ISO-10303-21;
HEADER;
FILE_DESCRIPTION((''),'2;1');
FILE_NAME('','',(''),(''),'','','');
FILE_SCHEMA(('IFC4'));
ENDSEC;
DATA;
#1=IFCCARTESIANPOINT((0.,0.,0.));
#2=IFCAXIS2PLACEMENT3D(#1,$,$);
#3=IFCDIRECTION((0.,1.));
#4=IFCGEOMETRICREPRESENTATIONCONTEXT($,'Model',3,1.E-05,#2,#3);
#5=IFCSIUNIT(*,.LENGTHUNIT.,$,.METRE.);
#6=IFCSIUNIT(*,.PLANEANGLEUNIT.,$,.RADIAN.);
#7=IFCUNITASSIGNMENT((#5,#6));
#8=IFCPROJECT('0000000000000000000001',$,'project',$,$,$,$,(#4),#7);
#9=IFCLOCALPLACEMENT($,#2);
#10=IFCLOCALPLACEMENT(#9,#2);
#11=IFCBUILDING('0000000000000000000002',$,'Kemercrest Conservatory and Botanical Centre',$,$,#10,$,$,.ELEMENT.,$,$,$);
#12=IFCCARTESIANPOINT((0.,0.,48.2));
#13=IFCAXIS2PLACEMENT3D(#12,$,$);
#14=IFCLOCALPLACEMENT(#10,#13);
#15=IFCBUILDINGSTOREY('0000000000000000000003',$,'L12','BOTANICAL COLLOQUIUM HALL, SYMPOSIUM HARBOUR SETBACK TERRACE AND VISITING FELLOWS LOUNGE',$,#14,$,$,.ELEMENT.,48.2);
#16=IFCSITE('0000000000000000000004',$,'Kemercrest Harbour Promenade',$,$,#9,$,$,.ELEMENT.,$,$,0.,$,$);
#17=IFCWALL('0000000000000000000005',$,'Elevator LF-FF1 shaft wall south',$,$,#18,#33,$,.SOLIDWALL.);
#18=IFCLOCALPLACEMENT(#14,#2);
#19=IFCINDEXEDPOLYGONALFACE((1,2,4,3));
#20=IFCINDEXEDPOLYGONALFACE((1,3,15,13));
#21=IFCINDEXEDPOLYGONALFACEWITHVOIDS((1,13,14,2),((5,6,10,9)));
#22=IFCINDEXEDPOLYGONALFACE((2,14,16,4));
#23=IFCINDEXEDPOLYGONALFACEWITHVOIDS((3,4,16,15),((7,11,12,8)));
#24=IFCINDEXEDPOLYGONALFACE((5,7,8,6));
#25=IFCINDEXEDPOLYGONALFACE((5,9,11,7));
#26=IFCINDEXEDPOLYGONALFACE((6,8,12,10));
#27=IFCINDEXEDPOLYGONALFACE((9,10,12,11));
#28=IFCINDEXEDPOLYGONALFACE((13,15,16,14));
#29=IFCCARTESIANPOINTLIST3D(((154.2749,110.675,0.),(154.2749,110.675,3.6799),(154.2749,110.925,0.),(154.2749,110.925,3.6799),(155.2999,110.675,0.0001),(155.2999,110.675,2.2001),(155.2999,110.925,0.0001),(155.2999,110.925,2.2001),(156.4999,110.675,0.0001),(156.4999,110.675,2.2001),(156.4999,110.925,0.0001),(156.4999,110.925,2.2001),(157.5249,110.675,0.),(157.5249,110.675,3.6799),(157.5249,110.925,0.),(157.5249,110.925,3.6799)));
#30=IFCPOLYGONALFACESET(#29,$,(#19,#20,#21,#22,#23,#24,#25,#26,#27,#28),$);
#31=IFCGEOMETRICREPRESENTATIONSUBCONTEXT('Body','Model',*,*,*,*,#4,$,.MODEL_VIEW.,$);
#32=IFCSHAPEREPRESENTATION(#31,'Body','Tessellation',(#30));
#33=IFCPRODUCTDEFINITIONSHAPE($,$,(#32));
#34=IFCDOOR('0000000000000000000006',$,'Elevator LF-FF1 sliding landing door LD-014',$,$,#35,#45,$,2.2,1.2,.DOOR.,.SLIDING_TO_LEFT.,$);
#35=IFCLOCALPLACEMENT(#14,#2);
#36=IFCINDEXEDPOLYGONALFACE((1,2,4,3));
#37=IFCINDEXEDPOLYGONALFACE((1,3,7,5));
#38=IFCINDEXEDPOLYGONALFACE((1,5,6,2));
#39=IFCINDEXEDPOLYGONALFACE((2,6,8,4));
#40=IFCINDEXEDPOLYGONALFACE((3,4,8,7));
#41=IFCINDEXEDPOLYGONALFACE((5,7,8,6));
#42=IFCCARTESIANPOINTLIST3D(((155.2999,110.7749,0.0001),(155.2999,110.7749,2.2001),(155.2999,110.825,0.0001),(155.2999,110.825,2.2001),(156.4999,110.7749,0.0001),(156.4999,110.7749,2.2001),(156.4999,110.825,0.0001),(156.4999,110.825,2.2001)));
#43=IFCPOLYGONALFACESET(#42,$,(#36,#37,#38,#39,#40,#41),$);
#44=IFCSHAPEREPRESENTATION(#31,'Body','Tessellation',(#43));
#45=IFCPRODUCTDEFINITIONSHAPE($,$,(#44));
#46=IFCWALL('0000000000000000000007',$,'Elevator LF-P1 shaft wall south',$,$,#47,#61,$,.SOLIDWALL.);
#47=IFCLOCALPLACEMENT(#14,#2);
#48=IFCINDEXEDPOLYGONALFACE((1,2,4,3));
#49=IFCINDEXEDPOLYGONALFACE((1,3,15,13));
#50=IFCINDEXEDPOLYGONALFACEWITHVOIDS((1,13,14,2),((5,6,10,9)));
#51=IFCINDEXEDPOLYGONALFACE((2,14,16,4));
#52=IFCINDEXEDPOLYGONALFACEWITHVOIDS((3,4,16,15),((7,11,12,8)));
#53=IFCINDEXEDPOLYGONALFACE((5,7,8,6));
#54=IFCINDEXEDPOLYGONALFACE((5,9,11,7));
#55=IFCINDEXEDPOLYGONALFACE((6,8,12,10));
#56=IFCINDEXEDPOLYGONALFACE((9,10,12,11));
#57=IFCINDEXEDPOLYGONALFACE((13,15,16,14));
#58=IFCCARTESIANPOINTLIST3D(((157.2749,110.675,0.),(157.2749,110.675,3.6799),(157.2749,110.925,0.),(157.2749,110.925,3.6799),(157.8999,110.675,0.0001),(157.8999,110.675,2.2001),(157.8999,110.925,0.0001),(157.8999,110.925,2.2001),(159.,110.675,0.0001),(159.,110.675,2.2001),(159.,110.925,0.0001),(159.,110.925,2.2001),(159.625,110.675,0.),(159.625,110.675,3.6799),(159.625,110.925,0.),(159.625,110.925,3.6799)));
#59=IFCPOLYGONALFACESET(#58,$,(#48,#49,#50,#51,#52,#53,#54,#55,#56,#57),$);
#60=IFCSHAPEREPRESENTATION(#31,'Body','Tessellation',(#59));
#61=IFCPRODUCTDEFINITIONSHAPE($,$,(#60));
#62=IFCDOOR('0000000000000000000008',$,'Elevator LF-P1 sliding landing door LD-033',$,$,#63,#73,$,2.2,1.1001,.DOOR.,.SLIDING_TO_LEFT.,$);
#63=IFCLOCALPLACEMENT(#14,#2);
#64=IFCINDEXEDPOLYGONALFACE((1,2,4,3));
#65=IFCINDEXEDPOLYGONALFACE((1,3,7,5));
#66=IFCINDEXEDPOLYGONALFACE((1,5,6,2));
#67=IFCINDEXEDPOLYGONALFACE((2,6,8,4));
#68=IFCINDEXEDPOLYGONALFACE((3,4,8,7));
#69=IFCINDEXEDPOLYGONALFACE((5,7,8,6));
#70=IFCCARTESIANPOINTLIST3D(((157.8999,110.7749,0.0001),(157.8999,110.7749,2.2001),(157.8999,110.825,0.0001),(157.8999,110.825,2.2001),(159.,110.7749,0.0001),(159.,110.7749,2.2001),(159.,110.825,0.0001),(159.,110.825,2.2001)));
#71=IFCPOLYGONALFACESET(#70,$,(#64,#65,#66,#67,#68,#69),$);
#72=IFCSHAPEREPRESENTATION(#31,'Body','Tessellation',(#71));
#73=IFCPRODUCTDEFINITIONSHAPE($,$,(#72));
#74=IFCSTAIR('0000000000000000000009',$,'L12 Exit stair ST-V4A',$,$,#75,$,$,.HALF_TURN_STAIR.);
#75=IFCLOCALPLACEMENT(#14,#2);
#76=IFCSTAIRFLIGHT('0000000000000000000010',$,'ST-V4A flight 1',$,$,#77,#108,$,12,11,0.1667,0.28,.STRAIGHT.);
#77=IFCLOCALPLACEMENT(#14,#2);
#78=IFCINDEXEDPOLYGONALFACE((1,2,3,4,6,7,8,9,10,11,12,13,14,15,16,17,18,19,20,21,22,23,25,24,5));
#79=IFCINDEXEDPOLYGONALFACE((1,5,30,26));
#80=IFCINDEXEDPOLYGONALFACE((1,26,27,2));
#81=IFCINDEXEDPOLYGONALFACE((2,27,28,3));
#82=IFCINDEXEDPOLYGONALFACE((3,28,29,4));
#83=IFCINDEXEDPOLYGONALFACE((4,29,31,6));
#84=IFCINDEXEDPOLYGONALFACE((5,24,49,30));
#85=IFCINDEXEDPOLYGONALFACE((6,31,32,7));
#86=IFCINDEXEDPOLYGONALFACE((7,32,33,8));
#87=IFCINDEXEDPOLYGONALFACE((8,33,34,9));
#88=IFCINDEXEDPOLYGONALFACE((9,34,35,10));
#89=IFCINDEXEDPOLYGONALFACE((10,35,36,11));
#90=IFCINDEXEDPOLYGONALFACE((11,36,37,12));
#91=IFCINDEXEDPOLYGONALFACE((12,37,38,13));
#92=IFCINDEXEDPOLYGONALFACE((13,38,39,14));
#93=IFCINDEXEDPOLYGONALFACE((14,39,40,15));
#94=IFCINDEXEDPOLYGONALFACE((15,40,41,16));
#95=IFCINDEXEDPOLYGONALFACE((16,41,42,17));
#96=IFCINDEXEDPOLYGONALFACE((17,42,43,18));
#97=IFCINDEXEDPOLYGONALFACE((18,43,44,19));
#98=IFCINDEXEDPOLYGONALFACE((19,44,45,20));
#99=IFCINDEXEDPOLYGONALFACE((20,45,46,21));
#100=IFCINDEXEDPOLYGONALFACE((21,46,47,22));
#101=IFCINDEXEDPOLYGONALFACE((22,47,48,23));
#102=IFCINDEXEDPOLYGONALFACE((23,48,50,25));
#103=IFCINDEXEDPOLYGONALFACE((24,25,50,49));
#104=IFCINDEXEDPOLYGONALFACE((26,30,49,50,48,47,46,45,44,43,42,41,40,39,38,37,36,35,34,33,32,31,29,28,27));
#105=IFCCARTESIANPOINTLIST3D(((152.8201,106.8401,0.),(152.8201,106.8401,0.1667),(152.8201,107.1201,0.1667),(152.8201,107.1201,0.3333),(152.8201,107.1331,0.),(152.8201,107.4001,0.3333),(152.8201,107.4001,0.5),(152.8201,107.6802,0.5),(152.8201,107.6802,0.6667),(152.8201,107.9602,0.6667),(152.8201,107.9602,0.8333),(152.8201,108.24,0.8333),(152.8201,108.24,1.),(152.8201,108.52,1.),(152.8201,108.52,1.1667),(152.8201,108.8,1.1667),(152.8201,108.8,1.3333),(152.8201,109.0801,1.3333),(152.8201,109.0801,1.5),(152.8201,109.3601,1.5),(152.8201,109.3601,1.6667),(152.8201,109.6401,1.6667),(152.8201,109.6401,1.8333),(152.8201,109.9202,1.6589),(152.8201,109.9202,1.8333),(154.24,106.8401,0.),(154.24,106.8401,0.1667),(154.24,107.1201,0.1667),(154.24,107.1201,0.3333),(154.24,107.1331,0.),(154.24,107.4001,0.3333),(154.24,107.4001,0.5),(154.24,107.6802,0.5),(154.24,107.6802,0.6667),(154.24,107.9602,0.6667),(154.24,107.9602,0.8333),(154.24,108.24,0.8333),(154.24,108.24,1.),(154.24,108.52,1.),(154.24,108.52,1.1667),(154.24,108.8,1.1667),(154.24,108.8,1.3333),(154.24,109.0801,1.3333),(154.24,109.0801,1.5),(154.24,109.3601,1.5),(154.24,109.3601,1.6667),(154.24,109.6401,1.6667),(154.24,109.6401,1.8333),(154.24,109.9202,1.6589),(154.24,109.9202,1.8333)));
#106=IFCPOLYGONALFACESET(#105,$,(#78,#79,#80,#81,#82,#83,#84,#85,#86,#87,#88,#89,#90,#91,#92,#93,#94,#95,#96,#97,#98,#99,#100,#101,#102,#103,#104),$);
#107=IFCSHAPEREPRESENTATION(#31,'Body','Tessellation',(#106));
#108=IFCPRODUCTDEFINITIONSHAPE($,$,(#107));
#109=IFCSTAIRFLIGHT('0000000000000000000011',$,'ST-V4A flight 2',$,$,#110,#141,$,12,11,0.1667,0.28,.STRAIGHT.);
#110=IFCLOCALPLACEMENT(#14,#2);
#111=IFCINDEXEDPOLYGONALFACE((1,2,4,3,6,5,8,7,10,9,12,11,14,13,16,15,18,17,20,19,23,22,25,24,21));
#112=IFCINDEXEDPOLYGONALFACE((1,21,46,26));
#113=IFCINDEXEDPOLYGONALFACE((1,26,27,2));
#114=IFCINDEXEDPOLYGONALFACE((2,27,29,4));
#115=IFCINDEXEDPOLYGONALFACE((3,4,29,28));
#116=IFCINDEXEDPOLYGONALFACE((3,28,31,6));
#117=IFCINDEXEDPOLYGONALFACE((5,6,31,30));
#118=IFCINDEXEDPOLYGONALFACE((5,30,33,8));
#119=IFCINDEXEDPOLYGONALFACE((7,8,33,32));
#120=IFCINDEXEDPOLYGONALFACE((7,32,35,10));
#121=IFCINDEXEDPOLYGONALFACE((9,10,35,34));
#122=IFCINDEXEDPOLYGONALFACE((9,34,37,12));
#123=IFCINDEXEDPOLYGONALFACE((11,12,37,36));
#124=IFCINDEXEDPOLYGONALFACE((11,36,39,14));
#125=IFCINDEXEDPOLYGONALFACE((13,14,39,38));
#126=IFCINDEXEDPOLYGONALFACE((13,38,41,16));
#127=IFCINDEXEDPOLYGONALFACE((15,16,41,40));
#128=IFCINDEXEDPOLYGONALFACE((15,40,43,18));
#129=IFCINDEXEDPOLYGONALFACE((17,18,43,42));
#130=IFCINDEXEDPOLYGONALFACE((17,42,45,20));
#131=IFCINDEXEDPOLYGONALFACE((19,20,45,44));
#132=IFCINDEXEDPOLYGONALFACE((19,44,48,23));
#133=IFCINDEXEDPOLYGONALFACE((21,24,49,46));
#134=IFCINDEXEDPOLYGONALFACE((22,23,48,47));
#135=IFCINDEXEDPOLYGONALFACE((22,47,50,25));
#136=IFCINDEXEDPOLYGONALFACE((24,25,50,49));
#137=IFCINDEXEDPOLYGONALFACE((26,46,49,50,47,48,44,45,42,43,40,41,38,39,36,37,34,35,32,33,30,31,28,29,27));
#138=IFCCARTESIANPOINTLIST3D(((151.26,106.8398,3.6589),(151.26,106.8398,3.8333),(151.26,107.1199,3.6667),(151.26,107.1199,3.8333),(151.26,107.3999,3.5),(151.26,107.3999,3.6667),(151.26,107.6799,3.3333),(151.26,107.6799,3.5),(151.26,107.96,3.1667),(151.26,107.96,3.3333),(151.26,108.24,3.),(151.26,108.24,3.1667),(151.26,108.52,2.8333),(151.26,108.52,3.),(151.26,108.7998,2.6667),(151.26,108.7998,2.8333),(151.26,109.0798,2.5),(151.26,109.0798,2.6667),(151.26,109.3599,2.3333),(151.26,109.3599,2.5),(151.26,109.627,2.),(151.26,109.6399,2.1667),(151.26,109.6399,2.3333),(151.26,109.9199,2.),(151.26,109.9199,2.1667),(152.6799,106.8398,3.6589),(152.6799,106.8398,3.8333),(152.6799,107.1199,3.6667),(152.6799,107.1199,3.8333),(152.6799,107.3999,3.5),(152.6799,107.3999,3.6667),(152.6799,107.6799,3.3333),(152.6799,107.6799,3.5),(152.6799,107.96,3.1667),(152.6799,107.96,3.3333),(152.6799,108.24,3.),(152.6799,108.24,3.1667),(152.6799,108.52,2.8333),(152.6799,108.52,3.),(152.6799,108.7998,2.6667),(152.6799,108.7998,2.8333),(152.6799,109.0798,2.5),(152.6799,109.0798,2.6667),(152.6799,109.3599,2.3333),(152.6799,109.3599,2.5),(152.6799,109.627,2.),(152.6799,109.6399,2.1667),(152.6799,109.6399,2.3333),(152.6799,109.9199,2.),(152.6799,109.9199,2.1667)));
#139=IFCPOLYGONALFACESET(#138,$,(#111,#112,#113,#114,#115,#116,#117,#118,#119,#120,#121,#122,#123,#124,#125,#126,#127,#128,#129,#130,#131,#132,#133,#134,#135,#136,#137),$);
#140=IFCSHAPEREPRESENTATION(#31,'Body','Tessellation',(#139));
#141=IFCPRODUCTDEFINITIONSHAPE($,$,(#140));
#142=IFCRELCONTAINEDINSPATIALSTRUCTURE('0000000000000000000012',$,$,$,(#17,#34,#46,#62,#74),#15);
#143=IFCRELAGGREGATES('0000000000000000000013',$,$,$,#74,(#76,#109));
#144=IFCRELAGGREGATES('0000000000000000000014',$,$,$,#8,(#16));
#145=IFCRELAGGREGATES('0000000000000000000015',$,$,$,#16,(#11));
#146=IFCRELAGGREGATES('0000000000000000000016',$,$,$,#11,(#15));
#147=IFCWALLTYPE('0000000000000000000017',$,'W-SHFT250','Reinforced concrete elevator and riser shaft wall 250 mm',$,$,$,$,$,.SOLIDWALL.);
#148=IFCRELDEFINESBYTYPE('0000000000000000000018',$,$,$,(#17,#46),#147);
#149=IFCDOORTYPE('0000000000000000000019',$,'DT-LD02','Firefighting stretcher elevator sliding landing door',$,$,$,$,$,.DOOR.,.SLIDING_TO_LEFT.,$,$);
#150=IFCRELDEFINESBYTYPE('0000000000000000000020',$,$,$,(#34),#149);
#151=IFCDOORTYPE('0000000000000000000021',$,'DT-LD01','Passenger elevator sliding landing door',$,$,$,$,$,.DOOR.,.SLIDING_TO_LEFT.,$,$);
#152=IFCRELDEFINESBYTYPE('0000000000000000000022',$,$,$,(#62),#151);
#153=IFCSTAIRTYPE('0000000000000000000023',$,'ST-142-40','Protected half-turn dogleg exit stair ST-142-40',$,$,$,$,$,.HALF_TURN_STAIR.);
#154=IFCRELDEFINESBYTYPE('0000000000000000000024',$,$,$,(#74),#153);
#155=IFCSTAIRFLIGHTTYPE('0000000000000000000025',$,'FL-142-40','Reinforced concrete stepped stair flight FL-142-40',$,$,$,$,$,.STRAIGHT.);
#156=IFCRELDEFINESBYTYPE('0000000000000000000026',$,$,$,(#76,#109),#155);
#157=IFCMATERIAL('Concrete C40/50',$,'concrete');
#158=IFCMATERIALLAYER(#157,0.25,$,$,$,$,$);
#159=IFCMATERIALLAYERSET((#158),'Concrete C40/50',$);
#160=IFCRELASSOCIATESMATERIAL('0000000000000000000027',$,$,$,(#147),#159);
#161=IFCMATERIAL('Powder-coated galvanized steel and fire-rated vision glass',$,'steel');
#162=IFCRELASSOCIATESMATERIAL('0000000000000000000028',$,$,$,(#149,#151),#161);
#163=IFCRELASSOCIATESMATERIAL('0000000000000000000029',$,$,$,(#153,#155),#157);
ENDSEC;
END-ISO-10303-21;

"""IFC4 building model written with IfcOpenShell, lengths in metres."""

from ifc_helpers import new_model, si_unit, direction, frame, frame_2d, origin, place, context, subcontext, project, spatial, polyline, rectangle, outline, extrude, material, layer, layer_set, type_object, element, fill, aggregate, save


model = new_model("IFC4")

# Units and contexts
model_context = context("Model", 3, precision=1e-05, world=origin(), true_north=direction((0.0, 1.0)))
body_context = subcontext(model_context, "Body", "Model", "MODEL_VIEW")
ifc_project = project(units=[si_unit("LENGTHUNIT", "METRE"), si_unit("PLANEANGLEUNIT", "RADIAN")], contexts=[model_context])

# Site, building, storey
site_placement = place(None, origin())
site = spatial("IfcSite", under=ifc_project, at=site_placement, Name="Kemercrest Harbour Promenade", CompositionType="ELEMENT", RefElevation=0.0)
building_placement = place(site_placement, origin())
building = spatial("IfcBuilding", under=site, at=building_placement, Name="Kemercrest Conservatory and Botanical Centre", CompositionType="ELEMENT")
storey_placement = place(building_placement, frame((0.0, 0.0, 48.2)))
storey = spatial("IfcBuildingStorey", under=building, at=storey_placement, Name="L12", Description="BOTANICAL COLLOQUIUM HALL, SYMPOSIUM HARBOUR SETBACK TERRACE AND VISITING FELLOWS LOUNGE", CompositionType="ELEMENT", Elevation=48.2)

# Shared definitions
ifc_material_1 = material(Name="Concrete C40/50", Category="concrete")

# Shared definitions
ifc_material_2 = material(Name="Powder-coated galvanized steel and fire-rated vision glass", Category="steel")

# Walls, openings, doors
ifc_layer_1 = layer(ifc_material_1, 0.25)
ifc_layer_set_1 = layer_set([ifc_layer_1], Name="Concrete C40/50")
wall_type_1 = type_object("IfcWallType", Name="W-SHFT250", Description="Reinforced concrete elevator and riser shaft wall 250 mm", PredefinedType="SOLIDWALL", material=ifc_layer_set_1)
wall_1_placement = place(storey_placement, frame((154.2749, 110.8, 0.0), z_axis=(0.0, 0.0, 1.0), x_axis=(1.0, 0.0, 0.0)))
wall_1 = element("IfcWall", 1, at=wall_1_placement, inside=storey, type_object=wall_type_1, Name="Elevator LF-FF1 shaft wall south", PredefinedType="SOLIDWALL", context=body_context, shape_type="SweptSolid", body=[
    extrude(rectangle(XDim=3.25, YDim=0.25, at=frame_2d((1.625, 0.0))), origin(), (0.0, 0.0, 1.0), 3.6799),
])
opening_1_placement = place(wall_1_placement, frame((1.0249, 0.0, 0.0)))
opening_1 = element("IfcOpeningElement", 2, at=opening_1_placement, cuts=wall_1, PredefinedType="OPENING", context=body_context, shape_type="SweptSolid", body=[
    extrude(rectangle(XDim=1.2, YDim=2.2, at=frame_2d((0.6001, 1.1001))), frame((0.0, 0.135, 0.0), z_axis=(0.0, -1.0, 0.0), x_axis=(1.0, 0.0, 0.0)), (0.0, 0.0, 1.0), 0.27),
])
door_type_1 = type_object("IfcDoorType", Name="DT-LD02", Description="Firefighting stretcher elevator sliding landing door", OperationType="SLIDING_TO_LEFT", PredefinedType="DOOR", material=ifc_material_2)
door_1_placement = place(opening_1_placement, origin())
door_1 = element("IfcDoor", 3, at=door_1_placement, inside=storey, type_object=door_type_1, Name="Elevator LF-FF1 sliding landing door LD-014", OperationType="SLIDING_TO_LEFT", OverallHeight=2.2, OverallWidth=1.2, PredefinedType="DOOR", context=body_context, shape_type="SweptSolid", body=[
    extrude(rectangle(XDim=1.2, YDim=2.2, at=frame_2d((0.6001, 1.1001))), frame((0.0, 0.0249, 0.0), z_axis=(0.0, -1.0, 0.0), x_axis=(1.0, 0.0, 0.0)), (0.0, 0.0, 1.0), 0.05),
])
fill(opening_1, door_1)
wall_2_placement = place(storey_placement, frame((157.2749, 110.8, 0.0), z_axis=(0.0, 0.0, 1.0), x_axis=(1.0, 0.0, 0.0)))
wall_2 = element("IfcWall", 4, at=wall_2_placement, inside=storey, type_object=wall_type_1, Name="Elevator LF-P1 shaft wall south", PredefinedType="SOLIDWALL", context=body_context, shape_type="SweptSolid", body=[
    extrude(rectangle(XDim=2.3501, YDim=0.25, at=frame_2d((1.175, 0.0))), origin(), (0.0, 0.0, 1.0), 3.6799),
])
opening_2_placement = place(wall_2_placement, frame((0.625, 0.0, 0.0)))
opening_2 = element("IfcOpeningElement", 5, at=opening_2_placement, cuts=wall_2, PredefinedType="OPENING", context=body_context, shape_type="SweptSolid", body=[
    extrude(rectangle(XDim=1.1001, YDim=2.2, at=frame_2d((0.55, 1.1001))), frame((0.0, 0.135, 0.0), z_axis=(0.0, -1.0, 0.0), x_axis=(1.0, 0.0, 0.0)), (0.0, 0.0, 1.0), 0.27),
])
door_type_2 = type_object("IfcDoorType", Name="DT-LD01", Description="Passenger elevator sliding landing door", OperationType="SLIDING_TO_LEFT", PredefinedType="DOOR", material=ifc_material_2)
door_2_placement = place(opening_2_placement, origin())
door_2 = element("IfcDoor", 6, at=door_2_placement, inside=storey, type_object=door_type_2, Name="Elevator LF-P1 sliding landing door LD-033", OperationType="SLIDING_TO_LEFT", OverallHeight=2.2, OverallWidth=1.1001, PredefinedType="DOOR", context=body_context, shape_type="SweptSolid", body=[
    extrude(rectangle(XDim=1.1001, YDim=2.2, at=frame_2d((0.55, 1.1001))), frame((0.0, 0.0249, 0.0), z_axis=(0.0, -1.0, 0.0), x_axis=(1.0, 0.0, 0.0)), (0.0, 0.0, 1.0), 0.05),
])
fill(opening_2, door_2)

# Stair, stair flights
stair_type = type_object("IfcStairType", Name="ST-142-40", Description="Protected half-turn dogleg exit stair ST-142-40", PredefinedType="HALF_TURN_STAIR", material=ifc_material_1)
stair_placement = place(storey_placement, origin())
stair = element("IfcStair", 7, at=stair_placement, inside=storey, type_object=stair_type, Name="L12 Exit stair ST-V4A", PredefinedType="HALF_TURN_STAIR")
stair_flight_type = type_object("IfcStairFlightType", Name="FL-142-40", Description="Reinforced concrete stepped stair flight FL-142-40", PredefinedType="STRAIGHT", material=ifc_material_1)
stair_flight_1_placement = place(storey_placement, frame((153.53, 106.8401, 0.0), z_axis=(0.0, 0.0, 1.0), x_axis=(0.0, 1.0, 0.0)))
stair_flight_1 = element("IfcStairFlight", 8, at=stair_flight_1_placement, type_object=stair_flight_type, Name="ST-V4A flight 1", NumberOfRisers=12, NumberOfTreads=11, PredefinedType="STRAIGHT", RiserHeight=0.1667, TreadLength=0.28, context=body_context, shape_type="SweptSolid", body=[
    extrude(outline(polyline([(0.0, 0.0), (0.0, 0.1667), (0.28, 0.1667), (0.28, 0.3333), (0.5601, 0.3333), (0.5601, 0.5), (0.8401, 0.5), (0.8401, 0.6667), (1.1201, 0.6667), (1.1201, 0.8333), (1.3999, 0.8333), (1.3999, 1.0), (1.6799, 1.0), (1.6799, 1.1667), (1.96, 1.1667), (1.96, 1.3333), (2.24, 1.3333), (2.24, 1.5), (2.52, 1.5), (2.52, 1.6667), (2.8, 1.6667), (2.8, 1.8333), (3.0801, 1.8333), (3.0801, 2.0), (3.0801, 1.6589), (0.293, 0.0), (0.0, 0.0)])), frame((0.0, 0.71, 0.0), z_axis=(0.0, -1.0, 0.0), x_axis=(1.0, 0.0, 0.0)), (0.0, 0.0, 1.0), 1.4199),
])
stair_flight_2_placement = place(storey_placement, frame((151.97, 109.9199, 2.0), z_axis=(0.0, 0.0, 1.0), x_axis=(0.0, -1.0, 0.0)))
stair_flight_2 = element("IfcStairFlight", 9, at=stair_flight_2_placement, type_object=stair_flight_type, Name="ST-V4A flight 2", NumberOfRisers=12, NumberOfTreads=11, PredefinedType="STRAIGHT", RiserHeight=0.1667, TreadLength=0.28, context=body_context, shape_type="SweptSolid", body=[
    extrude(outline(polyline([(0.0, 0.0), (0.0, 0.1667), (0.28, 0.1667), (0.28, 0.3333), (0.5601, 0.3333), (0.5601, 0.5), (0.8401, 0.5), (0.8401, 0.6667), (1.1201, 0.6667), (1.1201, 0.8333), (1.3999, 0.8333), (1.3999, 1.0), (1.6799, 1.0), (1.6799, 1.1667), (1.96, 1.1667), (1.96, 1.3333), (2.24, 1.3333), (2.24, 1.5), (2.52, 1.5), (2.52, 1.6667), (2.8, 1.6667), (2.8, 1.8333), (3.0801, 1.8333), (3.0801, 2.0), (3.0801, 1.6589), (0.293, 0.0), (0.0, 0.0)])), frame((0.0, 0.71, 0.0), z_axis=(0.0, -1.0, 0.0), x_axis=(1.0, 0.0, 0.0)), (0.0, 0.0, 1.0), 1.4199),
])
aggregate(stair, [stair_flight_1, stair_flight_2])

save(model, "model.ifc")
